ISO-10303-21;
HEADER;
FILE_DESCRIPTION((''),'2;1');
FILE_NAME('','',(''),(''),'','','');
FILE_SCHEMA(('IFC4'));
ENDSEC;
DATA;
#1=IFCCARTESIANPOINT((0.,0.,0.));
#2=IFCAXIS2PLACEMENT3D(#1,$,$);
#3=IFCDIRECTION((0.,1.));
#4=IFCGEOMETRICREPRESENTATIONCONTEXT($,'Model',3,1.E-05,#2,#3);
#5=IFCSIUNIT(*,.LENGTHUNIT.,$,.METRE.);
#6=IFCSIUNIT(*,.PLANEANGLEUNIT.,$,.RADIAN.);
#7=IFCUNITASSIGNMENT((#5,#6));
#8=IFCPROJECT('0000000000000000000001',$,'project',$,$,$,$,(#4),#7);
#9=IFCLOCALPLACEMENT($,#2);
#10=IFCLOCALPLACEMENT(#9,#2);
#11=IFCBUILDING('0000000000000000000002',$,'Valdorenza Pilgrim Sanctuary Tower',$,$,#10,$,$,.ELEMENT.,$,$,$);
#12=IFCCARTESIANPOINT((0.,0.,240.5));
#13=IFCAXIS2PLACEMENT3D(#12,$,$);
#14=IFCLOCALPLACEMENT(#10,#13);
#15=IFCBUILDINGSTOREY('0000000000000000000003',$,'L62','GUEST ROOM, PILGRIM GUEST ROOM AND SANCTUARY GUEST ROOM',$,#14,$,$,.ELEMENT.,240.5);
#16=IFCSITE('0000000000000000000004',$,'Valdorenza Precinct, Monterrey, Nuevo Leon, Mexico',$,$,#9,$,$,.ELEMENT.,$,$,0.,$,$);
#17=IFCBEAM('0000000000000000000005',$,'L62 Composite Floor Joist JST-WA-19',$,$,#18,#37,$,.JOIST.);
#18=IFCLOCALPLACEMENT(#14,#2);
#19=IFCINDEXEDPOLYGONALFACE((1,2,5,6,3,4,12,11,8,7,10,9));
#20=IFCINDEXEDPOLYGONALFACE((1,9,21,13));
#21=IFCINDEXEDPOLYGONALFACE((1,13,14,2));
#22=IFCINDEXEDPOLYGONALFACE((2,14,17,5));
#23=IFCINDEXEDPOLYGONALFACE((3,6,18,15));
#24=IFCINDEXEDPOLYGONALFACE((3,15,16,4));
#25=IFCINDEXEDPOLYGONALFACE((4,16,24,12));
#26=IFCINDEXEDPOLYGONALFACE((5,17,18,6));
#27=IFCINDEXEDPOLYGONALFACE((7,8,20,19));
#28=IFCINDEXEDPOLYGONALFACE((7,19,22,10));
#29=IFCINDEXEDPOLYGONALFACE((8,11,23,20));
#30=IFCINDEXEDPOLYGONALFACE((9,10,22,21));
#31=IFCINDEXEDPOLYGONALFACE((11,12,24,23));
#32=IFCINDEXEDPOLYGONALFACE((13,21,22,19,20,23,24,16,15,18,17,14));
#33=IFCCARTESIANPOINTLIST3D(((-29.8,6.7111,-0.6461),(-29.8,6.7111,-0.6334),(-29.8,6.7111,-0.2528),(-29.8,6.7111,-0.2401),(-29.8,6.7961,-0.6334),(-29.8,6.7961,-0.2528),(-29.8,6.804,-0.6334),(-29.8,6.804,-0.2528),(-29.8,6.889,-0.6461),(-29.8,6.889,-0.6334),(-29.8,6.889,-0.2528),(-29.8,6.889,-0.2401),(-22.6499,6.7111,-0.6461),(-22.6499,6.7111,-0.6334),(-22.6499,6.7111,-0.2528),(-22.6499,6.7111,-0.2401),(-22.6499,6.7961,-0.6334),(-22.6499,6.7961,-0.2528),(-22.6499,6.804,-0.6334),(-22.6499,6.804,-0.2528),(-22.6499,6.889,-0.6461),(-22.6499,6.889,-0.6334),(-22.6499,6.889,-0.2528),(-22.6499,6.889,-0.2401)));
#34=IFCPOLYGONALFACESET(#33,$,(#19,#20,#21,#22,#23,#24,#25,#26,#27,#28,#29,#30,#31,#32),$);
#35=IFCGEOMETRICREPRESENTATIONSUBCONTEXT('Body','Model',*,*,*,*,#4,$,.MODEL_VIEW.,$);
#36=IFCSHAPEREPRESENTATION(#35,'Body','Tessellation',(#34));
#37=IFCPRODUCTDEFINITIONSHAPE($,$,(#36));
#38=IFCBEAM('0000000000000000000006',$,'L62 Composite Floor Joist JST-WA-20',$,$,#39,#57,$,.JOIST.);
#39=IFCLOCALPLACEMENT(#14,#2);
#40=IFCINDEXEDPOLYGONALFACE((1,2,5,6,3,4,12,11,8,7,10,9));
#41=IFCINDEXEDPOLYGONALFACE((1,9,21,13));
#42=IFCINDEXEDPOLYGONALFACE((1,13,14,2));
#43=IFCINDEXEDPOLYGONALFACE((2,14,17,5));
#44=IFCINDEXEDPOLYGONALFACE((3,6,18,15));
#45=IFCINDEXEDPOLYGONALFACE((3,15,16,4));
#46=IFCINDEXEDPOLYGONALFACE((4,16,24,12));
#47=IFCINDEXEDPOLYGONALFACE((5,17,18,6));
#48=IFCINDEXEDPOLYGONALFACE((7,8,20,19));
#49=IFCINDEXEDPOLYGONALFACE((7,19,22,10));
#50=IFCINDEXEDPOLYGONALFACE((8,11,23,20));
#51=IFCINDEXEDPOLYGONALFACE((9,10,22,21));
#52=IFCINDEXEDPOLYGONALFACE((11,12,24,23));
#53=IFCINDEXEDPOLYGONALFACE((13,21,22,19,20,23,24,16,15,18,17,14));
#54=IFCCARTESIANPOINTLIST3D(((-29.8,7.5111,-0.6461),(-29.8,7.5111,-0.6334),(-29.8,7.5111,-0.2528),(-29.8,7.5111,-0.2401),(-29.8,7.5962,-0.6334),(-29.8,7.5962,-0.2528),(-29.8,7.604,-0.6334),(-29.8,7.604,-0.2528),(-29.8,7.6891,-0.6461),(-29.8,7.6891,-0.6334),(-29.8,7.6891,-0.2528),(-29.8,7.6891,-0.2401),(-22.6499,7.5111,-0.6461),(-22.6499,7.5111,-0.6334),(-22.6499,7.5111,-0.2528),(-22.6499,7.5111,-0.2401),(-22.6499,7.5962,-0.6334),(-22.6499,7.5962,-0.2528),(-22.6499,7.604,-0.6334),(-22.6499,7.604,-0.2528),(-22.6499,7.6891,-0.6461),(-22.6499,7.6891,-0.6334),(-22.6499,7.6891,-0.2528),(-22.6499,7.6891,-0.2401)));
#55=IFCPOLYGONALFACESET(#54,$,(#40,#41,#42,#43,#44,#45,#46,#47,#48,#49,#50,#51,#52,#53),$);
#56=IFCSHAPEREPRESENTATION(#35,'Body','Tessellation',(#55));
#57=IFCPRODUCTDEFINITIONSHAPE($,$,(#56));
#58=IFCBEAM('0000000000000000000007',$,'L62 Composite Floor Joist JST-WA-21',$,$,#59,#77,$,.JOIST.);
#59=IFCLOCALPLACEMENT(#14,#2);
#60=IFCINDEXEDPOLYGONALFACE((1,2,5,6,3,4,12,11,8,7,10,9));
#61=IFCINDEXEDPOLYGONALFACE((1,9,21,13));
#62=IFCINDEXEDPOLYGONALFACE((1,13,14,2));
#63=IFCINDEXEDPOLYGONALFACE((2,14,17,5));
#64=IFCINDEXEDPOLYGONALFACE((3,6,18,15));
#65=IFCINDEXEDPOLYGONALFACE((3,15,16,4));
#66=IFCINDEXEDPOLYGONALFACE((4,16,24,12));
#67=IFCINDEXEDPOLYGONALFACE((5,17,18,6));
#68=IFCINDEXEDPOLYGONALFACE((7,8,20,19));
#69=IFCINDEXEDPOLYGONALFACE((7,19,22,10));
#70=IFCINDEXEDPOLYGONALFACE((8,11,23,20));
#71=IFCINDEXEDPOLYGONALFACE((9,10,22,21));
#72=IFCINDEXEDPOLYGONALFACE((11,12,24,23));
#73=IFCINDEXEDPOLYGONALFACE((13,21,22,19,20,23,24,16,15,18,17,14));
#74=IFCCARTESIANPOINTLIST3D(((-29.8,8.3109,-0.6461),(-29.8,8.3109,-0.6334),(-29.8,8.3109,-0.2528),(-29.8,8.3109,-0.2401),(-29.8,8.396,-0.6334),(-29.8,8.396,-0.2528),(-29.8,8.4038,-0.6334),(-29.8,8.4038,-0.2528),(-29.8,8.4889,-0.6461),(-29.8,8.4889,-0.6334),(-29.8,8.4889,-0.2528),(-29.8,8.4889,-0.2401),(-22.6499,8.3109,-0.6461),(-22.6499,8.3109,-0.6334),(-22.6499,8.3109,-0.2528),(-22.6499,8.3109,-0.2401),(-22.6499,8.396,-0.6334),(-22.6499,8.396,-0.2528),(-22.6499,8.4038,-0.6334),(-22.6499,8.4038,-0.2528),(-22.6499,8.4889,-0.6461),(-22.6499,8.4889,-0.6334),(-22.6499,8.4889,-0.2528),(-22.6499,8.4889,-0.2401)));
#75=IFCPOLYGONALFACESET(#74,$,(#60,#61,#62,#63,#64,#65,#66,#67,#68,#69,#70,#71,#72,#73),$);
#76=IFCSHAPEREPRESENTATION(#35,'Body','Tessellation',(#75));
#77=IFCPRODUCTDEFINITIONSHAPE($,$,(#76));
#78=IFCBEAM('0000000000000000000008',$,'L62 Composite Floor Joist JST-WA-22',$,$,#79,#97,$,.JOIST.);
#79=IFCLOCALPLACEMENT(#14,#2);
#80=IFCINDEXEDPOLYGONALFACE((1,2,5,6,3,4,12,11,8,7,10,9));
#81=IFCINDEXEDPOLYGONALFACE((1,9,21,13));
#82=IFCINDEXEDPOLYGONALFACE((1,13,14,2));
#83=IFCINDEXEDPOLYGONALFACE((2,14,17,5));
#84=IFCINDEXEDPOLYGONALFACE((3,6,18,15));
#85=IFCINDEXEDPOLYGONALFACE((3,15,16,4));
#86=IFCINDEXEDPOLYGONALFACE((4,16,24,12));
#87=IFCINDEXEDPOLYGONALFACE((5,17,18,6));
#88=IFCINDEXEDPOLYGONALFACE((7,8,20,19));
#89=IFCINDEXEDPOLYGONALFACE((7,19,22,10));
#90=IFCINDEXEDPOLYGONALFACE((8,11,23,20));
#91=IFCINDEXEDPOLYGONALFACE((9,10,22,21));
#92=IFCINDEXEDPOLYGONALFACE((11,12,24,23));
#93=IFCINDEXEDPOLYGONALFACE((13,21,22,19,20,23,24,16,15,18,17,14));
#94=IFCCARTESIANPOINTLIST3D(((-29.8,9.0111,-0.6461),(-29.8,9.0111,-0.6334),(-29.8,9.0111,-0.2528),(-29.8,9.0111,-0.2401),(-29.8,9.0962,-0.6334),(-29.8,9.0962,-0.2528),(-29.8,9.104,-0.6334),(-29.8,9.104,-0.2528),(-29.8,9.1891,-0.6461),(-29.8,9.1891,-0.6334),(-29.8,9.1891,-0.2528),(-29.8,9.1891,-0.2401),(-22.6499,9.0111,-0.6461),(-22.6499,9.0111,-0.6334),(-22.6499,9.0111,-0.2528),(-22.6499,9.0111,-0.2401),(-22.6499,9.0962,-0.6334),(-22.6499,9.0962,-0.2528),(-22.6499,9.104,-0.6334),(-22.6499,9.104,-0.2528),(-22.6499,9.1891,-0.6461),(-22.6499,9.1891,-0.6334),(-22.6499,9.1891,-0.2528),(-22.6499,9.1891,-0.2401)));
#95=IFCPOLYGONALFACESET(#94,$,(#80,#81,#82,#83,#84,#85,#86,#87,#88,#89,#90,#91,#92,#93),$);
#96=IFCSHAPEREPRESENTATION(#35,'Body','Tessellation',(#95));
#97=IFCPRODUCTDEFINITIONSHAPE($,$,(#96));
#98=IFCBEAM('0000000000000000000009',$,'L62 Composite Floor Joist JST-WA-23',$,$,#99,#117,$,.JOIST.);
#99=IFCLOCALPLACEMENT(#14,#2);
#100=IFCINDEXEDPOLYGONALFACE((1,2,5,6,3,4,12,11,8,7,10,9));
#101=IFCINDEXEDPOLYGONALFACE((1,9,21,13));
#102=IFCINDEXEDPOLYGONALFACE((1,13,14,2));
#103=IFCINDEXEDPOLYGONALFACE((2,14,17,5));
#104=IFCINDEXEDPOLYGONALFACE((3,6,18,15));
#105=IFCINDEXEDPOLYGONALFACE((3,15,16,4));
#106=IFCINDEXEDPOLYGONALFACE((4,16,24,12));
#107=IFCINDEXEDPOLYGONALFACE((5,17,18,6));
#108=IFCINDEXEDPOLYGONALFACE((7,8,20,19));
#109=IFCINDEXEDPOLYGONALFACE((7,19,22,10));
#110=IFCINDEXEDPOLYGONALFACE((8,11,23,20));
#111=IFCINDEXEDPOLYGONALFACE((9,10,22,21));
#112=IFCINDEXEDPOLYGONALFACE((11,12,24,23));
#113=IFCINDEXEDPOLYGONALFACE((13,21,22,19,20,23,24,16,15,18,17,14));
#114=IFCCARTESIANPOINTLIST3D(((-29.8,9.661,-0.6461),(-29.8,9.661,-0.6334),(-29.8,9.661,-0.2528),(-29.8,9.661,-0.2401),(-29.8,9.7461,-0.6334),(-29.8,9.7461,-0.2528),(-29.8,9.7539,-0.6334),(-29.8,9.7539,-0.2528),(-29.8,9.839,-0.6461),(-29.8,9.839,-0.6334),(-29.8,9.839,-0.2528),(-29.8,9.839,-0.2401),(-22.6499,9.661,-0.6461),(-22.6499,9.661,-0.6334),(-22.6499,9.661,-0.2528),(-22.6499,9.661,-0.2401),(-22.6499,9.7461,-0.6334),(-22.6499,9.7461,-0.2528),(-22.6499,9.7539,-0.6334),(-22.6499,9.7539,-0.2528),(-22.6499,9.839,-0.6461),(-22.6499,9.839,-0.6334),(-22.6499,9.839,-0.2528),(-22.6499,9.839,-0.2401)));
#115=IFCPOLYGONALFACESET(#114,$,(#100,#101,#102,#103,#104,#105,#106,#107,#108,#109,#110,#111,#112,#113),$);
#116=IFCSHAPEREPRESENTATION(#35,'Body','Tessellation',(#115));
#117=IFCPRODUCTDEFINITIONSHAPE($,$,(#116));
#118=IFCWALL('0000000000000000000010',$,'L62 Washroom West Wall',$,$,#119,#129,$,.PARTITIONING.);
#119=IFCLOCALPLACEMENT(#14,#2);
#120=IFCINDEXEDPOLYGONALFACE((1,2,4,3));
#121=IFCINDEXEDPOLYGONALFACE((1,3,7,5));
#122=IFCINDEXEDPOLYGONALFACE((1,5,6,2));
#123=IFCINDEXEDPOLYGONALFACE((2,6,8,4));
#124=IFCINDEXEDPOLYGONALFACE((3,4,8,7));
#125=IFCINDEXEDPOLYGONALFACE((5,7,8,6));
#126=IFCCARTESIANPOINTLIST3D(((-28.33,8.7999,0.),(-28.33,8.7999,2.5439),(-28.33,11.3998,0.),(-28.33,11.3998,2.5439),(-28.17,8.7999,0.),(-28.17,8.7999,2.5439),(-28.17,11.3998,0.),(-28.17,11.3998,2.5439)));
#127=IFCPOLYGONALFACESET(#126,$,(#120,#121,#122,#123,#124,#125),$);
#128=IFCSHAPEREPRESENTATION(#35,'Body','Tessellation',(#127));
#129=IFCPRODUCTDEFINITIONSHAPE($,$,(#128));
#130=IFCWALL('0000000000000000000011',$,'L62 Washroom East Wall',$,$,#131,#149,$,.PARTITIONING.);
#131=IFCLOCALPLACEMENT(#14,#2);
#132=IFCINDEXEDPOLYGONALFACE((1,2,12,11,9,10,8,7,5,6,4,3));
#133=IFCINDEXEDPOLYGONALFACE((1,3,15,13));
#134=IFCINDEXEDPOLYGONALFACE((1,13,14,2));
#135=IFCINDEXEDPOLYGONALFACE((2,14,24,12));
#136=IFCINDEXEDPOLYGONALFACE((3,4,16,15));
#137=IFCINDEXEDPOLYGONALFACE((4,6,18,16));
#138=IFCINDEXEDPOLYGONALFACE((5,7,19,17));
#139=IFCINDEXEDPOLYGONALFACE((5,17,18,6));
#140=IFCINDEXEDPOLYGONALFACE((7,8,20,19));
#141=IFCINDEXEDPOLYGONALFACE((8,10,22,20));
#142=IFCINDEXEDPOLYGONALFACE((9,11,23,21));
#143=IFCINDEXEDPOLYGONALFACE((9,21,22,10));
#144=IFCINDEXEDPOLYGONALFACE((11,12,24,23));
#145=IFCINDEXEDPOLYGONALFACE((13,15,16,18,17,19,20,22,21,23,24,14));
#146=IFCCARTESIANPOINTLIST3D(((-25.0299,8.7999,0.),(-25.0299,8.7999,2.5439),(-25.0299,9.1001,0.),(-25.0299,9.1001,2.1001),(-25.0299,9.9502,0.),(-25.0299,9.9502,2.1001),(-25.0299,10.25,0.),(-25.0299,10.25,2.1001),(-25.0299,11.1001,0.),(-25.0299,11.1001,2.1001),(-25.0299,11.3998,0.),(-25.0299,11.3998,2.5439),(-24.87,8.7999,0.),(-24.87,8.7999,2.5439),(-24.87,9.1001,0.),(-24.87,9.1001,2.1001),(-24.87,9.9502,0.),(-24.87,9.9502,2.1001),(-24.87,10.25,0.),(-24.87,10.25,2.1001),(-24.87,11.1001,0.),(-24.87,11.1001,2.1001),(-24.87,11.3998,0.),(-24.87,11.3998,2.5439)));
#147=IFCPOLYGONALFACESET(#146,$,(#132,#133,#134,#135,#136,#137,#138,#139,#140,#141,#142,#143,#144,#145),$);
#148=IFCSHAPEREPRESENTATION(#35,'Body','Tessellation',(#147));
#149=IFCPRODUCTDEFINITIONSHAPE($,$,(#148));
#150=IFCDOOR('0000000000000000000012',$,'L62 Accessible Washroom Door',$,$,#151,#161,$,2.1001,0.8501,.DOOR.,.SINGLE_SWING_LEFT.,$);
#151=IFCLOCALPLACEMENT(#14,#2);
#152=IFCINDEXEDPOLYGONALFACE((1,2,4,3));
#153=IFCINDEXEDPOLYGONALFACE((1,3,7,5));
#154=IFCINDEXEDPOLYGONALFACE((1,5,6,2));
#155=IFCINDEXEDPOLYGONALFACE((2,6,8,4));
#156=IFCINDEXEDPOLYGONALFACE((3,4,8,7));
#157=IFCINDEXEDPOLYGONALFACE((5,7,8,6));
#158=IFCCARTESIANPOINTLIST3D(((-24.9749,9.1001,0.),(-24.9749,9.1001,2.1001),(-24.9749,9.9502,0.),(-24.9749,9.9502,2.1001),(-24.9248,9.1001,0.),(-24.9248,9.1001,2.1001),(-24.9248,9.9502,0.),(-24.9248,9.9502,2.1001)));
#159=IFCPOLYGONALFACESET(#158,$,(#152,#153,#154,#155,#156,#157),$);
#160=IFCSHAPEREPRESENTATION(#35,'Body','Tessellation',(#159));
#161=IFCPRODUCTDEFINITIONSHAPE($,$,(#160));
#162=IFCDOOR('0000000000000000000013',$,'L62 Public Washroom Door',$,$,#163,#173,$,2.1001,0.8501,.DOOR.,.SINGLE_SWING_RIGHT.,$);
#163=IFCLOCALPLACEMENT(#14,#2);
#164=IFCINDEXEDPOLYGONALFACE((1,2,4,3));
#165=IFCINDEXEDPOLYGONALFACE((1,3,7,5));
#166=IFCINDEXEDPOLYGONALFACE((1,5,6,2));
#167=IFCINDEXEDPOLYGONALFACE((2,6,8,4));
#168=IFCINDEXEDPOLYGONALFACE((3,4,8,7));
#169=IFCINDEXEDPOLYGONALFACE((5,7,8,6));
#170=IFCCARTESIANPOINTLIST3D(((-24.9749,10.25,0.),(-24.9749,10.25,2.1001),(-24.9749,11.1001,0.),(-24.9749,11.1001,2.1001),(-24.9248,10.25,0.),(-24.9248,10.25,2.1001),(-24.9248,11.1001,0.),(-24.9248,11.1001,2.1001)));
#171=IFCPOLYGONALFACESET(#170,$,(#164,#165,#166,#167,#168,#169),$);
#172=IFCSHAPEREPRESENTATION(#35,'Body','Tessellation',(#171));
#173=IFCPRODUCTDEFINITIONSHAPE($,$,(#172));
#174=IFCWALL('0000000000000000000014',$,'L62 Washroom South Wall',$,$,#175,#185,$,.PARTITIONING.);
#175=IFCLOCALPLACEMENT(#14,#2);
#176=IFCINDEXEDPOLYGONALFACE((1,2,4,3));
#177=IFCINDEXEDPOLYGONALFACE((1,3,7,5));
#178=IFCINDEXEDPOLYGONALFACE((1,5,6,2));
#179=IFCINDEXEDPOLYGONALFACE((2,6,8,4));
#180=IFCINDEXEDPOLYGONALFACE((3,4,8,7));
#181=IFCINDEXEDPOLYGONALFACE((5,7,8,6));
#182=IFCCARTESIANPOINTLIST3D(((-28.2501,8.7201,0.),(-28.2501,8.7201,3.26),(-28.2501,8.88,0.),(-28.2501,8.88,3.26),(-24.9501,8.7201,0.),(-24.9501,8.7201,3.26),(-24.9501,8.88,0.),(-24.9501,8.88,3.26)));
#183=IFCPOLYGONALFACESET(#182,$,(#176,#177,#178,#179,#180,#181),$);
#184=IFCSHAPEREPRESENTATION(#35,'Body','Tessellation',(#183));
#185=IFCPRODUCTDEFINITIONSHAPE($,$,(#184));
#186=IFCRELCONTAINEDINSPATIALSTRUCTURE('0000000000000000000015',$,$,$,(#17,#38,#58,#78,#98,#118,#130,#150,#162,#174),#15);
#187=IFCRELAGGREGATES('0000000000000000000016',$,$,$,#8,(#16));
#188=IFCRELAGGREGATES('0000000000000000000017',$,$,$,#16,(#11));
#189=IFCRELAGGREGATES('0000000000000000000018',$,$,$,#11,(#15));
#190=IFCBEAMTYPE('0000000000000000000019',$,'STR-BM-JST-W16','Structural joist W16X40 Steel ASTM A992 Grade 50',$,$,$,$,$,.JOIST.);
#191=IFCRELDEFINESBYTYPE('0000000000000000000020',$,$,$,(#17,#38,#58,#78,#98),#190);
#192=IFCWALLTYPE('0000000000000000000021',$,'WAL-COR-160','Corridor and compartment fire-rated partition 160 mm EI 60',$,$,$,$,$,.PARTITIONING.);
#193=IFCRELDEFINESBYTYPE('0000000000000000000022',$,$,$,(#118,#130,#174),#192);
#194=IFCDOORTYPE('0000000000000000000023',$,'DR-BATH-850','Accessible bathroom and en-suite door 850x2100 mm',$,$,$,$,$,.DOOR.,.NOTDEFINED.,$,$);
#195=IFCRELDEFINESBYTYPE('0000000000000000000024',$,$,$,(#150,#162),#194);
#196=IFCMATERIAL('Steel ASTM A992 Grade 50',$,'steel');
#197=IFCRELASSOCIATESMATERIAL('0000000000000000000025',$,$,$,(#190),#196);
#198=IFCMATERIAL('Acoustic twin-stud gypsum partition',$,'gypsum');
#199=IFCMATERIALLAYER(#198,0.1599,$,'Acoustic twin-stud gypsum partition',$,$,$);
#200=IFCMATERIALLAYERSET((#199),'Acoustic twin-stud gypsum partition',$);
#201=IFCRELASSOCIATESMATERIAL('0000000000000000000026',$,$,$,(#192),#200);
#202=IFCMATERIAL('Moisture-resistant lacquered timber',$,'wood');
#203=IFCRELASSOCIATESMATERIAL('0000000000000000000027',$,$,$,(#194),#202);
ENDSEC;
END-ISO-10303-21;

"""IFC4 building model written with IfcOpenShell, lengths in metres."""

from ifc_helpers import new_model, si_unit, direction, frame, frame_2d, origin, origin_2d, place, context, subcontext, project, spatial, rectangle, i_section, extrude, source, transform, mapped, material, layer, layer_set, material_profile, profile_set, type_object, element, fill, save


model = new_model("IFC4")

# Units and contexts
model_context = context("Model", 3, precision=1e-05, world=origin(), true_north=direction((0.0, 1.0)))
body_context = subcontext(model_context, "Body", "Model", "MODEL_VIEW")
ifc_project = project(units=[si_unit("LENGTHUNIT", "METRE"), si_unit("PLANEANGLEUNIT", "RADIAN")], contexts=[model_context])

# Site, building, storey
site_placement = place(None, origin())
site = spatial("IfcSite", under=ifc_project, at=site_placement, Name="Valdorenza Precinct, Monterrey, Nuevo Leon, Mexico", CompositionType="ELEMENT", RefElevation=0.0)
building_placement = place(site_placement, origin())
building = spatial("IfcBuilding", under=site, at=building_placement, Name="Valdorenza Pilgrim Sanctuary Tower", CompositionType="ELEMENT")
storey_placement = place(building_placement, frame((0.0, 0.0, 240.5)))
storey = spatial("IfcBuildingStorey", under=building, at=storey_placement, Name="L62", Description="GUEST ROOM, PILGRIM GUEST ROOM AND SANCTUARY GUEST ROOM", CompositionType="ELEMENT", Elevation=240.5)

# Beams
ifc_material_1 = material(Name="Steel ASTM A992 Grade 50", Category="steel")
ifc_material_profile = material_profile(ifc_material_1, i_section(OverallWidth=0.178, OverallDepth=0.406, WebThickness=0.0078, FlangeThickness=0.0127, at=origin_2d()), Name="W16X40")
ifc_profile_set = profile_set([ifc_material_profile], Name="Steel ASTM A992 Grade 50")
beam_type = type_object("IfcBeamType", Name="STR-BM-JST-W16", Description="Structural joist W16X40 Steel ASTM A992 Grade 50", PredefinedType="JOIST", material=ifc_profile_set)
shared_shape = source(origin(), body_context, "Body", "SweptSolid", [
    extrude(i_section(OverallWidth=0.178, OverallDepth=0.406, WebThickness=0.0078, FlangeThickness=0.0127, at=origin_2d()), origin(), (0.0, 0.0, 1.0), 7.1501),
])
for number, where, z_axis, x_axis, name in (
    (1, (-29.8, 6.8, -0.4431), (1.0, 0.0, 0.0), (0.0, 1.0, 0.0), "L62 Composite Floor Joist JST-WA-19"),
    (2, (-29.8, 7.6001, -0.4431), (1.0, 0.0, 0.0), (0.0, 1.0, 0.0), "L62 Composite Floor Joist JST-WA-20"),
    (3, (-29.8, 8.3999, -0.4431), (1.0, 0.0, 0.0), (0.0, 1.0, 0.0), "L62 Composite Floor Joist JST-WA-21"),
    (4, (-29.8, 9.1001, -0.4431), (1.0, 0.0, 0.0), (0.0, 1.0, 0.0), "L62 Composite Floor Joist JST-WA-22"),
    (5, (-29.8, 9.75, -0.4431), (1.0, 0.0, 0.0), (0.0, 1.0, 0.0), "L62 Composite Floor Joist JST-WA-23"),
):
    element("IfcBeam", number, at=place(storey_placement, frame(where, z_axis=z_axis, x_axis=x_axis)), inside=storey, type_object=beam_type, Name=name, PredefinedType="JOIST", context=body_context, shape_type="MappedRepresentation", body=[
        mapped(shared_shape, transform((0.0, 0.0, 0.0), x_axis=(1.0, 0.0, 0.0), y_axis=(0.0, 1.0, 0.0), z_axis=(0.0, 0.0, 1.0), scale=1.0)),
    ])

# Wall
ifc_material_2 = material(Name="Acoustic twin-stud gypsum partition", Category="gypsum")
ifc_layer_1 = layer(ifc_material_2, 0.1599, Name="Acoustic twin-stud gypsum partition")
ifc_layer_set_1 = layer_set([ifc_layer_1], Name="Acoustic twin-stud gypsum partition")
wall_type_1 = type_object("IfcWallType", Name="WAL-COR-160", Description="Corridor and compartment fire-rated partition 160 mm EI 60", PredefinedType="PARTITIONING", material=ifc_layer_set_1)
wall_1_placement = place(storey_placement, frame((-28.25, 8.8, 0.0), z_axis=(0.0, 0.0, 1.0), x_axis=(0.0, 1.0, 0.0)))
element("IfcWall", 6, at=wall_1_placement, inside=storey, type_object=wall_type_1, Name="L62 Washroom West Wall", PredefinedType="PARTITIONING", context=body_context, shape_type="SweptSolid", body=[
    extrude(rectangle(XDim=2.5999, YDim=0.1599, at=frame_2d((1.2998, 0.0))), origin(), (0.0, 0.0, 1.0), 2.5439),
])

# Wall, openings, doors
wall_2_placement = place(storey_placement, frame((-24.95, 8.8, 0.0), z_axis=(0.0, 0.0, 1.0), x_axis=(0.0, 1.0, 0.0)))
wall_2 = element("IfcWall", 7, at=wall_2_placement, inside=storey, type_object=wall_type_1, Name="L62 Washroom East Wall", PredefinedType="PARTITIONING", context=body_context, shape_type="SweptSolid", body=[
    extrude(rectangle(XDim=2.5999, YDim=0.1599, at=frame_2d((1.2998, 0.0))), origin(), (0.0, 0.0, 1.0), 2.5439),
])
opening_1_placement = place(wall_2_placement, frame((0.3, 0.0, 0.0)))
opening_1 = element("IfcOpeningElement", 8, at=opening_1_placement, cuts=wall_2, PredefinedType="OPENING", context=body_context, shape_type="SweptSolid", body=[
    extrude(rectangle(XDim=0.8501, YDim=2.1001, at=frame_2d((0.425, 1.05))), frame((0.0, 0.0947, 0.0), z_axis=(0.0, -1.0, 0.0), x_axis=(1.0, 0.0, 0.0)), (0.0, 0.0, 1.0), 0.1897),
])
opening_2_placement = place(wall_2_placement, frame((1.45, 0.0, 0.0)))
opening_2 = element("IfcOpeningElement", 9, at=opening_2_placement, cuts=wall_2, PredefinedType="OPENING", context=body_context, shape_type="SweptSolid", body=[
    extrude(rectangle(XDim=0.8501, YDim=2.1001, at=frame_2d((0.425, 1.05))), frame((0.0, 0.0947, 0.0), z_axis=(0.0, -1.0, 0.0), x_axis=(1.0, 0.0, 0.0)), (0.0, 0.0, 1.0), 0.1897),
])
ifc_material_3 = material(Name="Moisture-resistant lacquered timber", Category="wood")
door_type_1 = type_object("IfcDoorType", Name="DR-BATH-850", Description="Accessible bathroom and en-suite door 850x2100 mm", OperationType="NOTDEFINED", PredefinedType="DOOR", material=ifc_material_3)
door_1_placement = place(opening_1_placement, origin())
door_1 = element("IfcDoor", 10, at=door_1_placement, inside=storey, type_object=door_type_1, Name="L62 Accessible Washroom Door", OperationType="SINGLE_SWING_LEFT", OverallHeight=2.1001, OverallWidth=0.8501, PredefinedType="DOOR", context=body_context, shape_type="SweptSolid", body=[
    extrude(rectangle(XDim=0.8501, YDim=2.1001, at=frame_2d((0.425, 1.05))), frame((0.0, 0.0249, 0.0), z_axis=(0.0, -1.0, 0.0), x_axis=(1.0, 0.0, 0.0)), (0.0, 0.0, 1.0), 0.05),
])
fill(opening_1, door_1)
door_2_placement = place(opening_2_placement, origin())
door_2 = element("IfcDoor", 11, at=door_2_placement, inside=storey, type_object=door_type_1, Name="L62 Public Washroom Door", OperationType="SINGLE_SWING_RIGHT", OverallHeight=2.1001, OverallWidth=0.8501, PredefinedType="DOOR", context=body_context, shape_type="SweptSolid", body=[
    extrude(rectangle(XDim=0.8501, YDim=2.1001, at=frame_2d((0.425, 1.05))), frame((0.0, 0.0249, 0.0), z_axis=(0.0, -1.0, 0.0), x_axis=(1.0, 0.0, 0.0)), (0.0, 0.0, 1.0), 0.05),
])
fill(opening_2, door_2)

# Wall
wall_3_placement = place(storey_placement, frame((-28.25, 8.8, 0.0), z_axis=(0.0, 0.0, 1.0), x_axis=(1.0, 0.0, 0.0)))
element("IfcWall", 12, at=wall_3_placement, inside=storey, type_object=wall_type_1, Name="L62 Washroom South Wall", PredefinedType="PARTITIONING", context=body_context, shape_type="SweptSolid", body=[
    extrude(rectangle(XDim=3.3, YDim=0.1599, at=frame_2d((1.6499, 0.0))), origin(), (0.0, 0.0, 1.0), 3.26),
])

save(model, "model.ifc")
